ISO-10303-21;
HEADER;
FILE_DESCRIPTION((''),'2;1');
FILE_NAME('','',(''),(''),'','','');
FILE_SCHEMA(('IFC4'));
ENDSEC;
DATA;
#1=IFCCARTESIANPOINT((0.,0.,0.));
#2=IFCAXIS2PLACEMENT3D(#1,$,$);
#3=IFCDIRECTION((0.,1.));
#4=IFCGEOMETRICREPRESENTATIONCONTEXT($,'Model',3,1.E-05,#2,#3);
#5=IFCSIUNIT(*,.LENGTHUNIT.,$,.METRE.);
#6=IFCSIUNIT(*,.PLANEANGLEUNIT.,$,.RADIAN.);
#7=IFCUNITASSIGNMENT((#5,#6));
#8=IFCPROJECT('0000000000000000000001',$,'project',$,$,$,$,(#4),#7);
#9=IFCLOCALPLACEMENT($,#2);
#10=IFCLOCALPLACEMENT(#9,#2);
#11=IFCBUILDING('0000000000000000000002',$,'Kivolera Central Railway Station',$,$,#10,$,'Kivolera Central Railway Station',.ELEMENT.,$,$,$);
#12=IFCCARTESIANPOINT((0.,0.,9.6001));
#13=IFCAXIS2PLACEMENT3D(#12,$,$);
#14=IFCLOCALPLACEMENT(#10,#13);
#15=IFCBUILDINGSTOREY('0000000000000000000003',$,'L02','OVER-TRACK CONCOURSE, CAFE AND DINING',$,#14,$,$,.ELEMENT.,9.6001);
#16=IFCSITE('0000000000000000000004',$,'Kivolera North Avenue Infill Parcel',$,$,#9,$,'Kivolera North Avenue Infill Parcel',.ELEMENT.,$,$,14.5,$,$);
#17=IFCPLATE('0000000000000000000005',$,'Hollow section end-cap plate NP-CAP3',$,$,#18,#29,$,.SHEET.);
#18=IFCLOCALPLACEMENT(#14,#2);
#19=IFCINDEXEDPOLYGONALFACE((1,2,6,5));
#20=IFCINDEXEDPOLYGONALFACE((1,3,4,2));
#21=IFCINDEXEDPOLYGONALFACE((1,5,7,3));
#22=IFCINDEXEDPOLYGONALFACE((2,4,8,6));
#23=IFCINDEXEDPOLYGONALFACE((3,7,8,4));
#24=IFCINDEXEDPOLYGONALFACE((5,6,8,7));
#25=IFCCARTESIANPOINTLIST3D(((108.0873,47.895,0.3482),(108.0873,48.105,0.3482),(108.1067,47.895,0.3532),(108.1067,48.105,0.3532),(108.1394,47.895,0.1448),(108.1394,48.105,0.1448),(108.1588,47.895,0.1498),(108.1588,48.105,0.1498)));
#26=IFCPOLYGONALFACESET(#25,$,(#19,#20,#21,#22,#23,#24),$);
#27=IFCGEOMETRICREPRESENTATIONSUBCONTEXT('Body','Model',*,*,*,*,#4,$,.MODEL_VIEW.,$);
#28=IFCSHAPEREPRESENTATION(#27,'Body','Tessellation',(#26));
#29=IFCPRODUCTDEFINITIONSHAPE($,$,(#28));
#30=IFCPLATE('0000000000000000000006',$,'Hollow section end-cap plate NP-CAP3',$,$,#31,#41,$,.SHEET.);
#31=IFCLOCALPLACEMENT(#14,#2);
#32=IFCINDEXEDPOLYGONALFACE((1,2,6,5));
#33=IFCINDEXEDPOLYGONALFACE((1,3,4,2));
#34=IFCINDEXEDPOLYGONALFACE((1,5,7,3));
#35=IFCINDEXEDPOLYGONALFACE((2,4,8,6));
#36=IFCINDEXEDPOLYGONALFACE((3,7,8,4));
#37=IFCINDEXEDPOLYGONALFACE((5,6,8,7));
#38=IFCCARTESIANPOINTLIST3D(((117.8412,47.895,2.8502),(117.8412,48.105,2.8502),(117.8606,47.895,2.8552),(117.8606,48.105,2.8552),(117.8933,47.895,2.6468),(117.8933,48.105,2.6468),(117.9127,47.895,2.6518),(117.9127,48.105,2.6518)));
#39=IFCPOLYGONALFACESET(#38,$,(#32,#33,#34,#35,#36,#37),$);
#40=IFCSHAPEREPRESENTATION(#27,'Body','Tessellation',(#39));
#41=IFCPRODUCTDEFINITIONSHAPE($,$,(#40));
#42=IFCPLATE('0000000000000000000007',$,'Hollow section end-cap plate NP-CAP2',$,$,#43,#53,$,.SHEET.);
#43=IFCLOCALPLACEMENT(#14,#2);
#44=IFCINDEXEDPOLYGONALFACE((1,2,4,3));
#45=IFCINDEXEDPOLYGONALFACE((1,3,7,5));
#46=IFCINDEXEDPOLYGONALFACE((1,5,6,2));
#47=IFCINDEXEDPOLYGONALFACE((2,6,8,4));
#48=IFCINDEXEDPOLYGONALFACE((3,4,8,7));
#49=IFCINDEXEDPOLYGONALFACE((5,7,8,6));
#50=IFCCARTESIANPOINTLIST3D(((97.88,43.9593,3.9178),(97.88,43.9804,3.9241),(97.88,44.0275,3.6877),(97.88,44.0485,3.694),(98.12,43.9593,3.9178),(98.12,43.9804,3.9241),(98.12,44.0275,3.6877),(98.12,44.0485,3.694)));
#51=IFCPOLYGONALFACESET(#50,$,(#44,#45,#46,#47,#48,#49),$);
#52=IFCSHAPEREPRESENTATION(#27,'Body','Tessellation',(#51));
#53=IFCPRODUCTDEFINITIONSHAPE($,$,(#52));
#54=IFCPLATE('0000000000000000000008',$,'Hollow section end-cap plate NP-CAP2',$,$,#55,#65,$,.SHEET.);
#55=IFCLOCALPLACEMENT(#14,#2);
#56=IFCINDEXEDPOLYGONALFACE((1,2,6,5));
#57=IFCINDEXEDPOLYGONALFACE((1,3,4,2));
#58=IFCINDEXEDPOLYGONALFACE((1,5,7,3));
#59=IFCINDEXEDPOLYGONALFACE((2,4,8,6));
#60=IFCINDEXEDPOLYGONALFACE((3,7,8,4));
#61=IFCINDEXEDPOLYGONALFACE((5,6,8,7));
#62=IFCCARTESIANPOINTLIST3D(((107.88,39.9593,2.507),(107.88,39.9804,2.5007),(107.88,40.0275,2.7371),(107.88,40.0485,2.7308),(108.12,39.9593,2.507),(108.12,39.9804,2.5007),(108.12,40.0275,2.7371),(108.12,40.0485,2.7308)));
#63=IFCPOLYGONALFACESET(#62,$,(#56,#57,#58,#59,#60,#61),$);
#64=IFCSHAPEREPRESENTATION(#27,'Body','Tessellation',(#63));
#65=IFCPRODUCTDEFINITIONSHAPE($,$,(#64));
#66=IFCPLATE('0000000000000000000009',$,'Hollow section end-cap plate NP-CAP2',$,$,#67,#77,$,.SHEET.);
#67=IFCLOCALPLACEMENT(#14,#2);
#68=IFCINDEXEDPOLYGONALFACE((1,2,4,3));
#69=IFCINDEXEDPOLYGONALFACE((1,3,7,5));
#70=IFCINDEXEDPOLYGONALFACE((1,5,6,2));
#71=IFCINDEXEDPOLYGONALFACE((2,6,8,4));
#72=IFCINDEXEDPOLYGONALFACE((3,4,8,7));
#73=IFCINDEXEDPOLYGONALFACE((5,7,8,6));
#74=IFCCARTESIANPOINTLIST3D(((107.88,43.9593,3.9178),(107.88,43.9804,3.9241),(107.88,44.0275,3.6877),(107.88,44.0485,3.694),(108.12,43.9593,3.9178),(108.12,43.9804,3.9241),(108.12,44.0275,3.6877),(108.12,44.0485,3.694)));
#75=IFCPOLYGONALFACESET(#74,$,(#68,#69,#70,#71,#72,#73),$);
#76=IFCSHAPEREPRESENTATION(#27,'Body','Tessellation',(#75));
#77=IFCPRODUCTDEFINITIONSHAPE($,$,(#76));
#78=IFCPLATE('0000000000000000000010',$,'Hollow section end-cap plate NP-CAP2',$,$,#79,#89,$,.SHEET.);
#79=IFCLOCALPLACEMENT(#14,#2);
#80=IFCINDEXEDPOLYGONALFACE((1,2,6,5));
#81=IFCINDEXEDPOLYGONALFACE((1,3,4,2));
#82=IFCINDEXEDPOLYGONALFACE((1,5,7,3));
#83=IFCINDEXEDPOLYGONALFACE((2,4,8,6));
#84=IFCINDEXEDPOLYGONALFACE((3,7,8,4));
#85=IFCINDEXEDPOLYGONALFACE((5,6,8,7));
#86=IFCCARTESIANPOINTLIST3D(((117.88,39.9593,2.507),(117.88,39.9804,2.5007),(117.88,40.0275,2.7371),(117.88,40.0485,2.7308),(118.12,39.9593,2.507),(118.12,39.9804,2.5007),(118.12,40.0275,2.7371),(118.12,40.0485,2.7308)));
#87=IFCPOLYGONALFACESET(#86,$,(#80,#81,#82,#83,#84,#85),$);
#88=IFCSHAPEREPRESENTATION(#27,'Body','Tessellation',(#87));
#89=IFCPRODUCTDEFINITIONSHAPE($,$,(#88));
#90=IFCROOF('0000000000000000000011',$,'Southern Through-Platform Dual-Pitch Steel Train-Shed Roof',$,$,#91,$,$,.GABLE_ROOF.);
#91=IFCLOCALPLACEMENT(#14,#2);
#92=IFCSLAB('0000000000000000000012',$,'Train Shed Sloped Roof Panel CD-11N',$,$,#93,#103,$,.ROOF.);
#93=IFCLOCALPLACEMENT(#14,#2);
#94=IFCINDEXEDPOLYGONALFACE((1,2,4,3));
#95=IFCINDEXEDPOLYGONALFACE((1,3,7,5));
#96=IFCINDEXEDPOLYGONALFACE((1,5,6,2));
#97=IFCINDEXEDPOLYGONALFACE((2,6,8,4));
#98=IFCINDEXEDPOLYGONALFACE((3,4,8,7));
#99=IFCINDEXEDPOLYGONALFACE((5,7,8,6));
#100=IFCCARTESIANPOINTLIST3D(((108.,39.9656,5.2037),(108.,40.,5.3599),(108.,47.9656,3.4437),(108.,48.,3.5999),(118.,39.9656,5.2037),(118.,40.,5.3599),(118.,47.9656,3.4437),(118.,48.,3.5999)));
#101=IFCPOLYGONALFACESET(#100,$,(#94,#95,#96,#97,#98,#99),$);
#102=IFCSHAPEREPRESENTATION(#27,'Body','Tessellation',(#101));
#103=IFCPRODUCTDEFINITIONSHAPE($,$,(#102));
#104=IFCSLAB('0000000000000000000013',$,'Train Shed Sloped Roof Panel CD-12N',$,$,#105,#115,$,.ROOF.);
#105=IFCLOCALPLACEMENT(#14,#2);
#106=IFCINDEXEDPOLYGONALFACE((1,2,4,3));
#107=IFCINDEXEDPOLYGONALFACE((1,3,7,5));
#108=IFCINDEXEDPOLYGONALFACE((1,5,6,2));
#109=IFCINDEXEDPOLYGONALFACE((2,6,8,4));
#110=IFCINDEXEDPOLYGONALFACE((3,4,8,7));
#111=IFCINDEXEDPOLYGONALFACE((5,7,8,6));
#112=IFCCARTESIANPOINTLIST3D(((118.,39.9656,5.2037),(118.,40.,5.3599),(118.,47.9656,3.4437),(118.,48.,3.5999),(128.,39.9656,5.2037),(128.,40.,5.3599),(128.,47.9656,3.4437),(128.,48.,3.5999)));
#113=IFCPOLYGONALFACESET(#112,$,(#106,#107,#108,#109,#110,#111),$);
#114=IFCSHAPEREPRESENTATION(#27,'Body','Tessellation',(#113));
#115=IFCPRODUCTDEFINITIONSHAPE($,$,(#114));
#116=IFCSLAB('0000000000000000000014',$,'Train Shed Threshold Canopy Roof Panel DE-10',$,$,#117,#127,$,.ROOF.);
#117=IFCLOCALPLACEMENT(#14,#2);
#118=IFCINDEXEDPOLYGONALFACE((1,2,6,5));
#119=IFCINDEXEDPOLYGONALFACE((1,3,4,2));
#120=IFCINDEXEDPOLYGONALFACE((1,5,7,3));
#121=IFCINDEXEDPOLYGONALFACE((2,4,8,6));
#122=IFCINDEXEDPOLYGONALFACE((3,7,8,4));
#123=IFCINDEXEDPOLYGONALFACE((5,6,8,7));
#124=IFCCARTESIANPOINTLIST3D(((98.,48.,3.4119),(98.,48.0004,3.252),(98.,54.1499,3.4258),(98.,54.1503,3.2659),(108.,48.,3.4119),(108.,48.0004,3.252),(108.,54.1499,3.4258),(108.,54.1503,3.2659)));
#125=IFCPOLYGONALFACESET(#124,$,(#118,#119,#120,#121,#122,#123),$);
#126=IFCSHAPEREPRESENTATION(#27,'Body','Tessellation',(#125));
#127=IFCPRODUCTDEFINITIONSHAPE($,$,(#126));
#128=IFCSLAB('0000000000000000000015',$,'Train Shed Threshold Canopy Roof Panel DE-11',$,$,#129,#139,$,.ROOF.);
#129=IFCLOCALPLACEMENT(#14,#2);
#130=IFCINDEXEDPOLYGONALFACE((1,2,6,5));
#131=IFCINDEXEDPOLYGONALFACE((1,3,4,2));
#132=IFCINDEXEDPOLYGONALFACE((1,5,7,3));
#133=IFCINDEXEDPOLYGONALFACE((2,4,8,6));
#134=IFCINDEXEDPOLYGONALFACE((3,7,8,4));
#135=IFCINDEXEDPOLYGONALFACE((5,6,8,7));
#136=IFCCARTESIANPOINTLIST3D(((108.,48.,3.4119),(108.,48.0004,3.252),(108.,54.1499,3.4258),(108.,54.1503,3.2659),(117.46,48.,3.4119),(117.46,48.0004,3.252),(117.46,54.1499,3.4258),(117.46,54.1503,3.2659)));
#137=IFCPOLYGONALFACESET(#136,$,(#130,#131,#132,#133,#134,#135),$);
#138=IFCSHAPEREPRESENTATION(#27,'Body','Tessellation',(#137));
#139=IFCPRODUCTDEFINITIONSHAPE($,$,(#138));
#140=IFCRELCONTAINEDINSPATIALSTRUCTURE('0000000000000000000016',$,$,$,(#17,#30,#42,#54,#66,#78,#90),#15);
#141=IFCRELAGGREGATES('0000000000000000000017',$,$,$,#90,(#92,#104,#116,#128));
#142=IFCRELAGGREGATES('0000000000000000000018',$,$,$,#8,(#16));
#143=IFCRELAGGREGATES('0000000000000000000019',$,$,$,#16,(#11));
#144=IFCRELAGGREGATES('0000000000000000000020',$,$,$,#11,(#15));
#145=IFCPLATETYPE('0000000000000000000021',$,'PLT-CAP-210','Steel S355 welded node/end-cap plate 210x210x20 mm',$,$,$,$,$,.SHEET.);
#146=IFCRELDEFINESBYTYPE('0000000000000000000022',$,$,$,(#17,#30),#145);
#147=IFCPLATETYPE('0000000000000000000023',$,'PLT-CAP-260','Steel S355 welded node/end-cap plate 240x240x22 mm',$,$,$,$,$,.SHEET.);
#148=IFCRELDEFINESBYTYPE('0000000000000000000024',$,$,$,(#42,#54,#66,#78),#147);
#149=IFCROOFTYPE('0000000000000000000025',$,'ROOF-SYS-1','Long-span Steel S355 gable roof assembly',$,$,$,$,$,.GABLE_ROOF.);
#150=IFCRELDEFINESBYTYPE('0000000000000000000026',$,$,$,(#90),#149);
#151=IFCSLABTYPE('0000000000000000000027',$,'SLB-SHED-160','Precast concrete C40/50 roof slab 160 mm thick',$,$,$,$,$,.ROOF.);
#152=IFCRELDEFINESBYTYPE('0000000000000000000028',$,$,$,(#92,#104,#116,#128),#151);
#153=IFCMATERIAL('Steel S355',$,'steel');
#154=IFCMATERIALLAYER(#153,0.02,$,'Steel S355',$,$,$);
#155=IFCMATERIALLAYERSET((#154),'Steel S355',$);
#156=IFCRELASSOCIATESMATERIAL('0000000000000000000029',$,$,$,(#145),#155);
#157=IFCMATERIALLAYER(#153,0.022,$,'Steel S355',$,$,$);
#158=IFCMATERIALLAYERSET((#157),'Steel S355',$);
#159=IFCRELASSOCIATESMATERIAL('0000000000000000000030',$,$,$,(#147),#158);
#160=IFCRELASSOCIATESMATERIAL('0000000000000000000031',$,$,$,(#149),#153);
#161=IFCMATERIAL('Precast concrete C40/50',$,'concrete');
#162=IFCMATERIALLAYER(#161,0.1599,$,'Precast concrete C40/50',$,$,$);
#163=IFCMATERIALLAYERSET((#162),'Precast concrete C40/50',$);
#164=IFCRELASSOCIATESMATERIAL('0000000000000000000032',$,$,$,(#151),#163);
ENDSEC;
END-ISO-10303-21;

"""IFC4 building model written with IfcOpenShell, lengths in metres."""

from ifc_helpers import new_model, si_unit, direction, frame, origin, origin_2d, place, context, subcontext, project, spatial, polyline, rectangle, outline, extrude, material, layer, layer_set, type_object, element, aggregate, save


model = new_model("IFC4")

# Units and contexts
model_context = context("Model", 3, precision=1e-05, world=origin(), true_north=direction((0.0, 1.0)))
body_context = subcontext(model_context, "Body", "Model", "MODEL_VIEW")
ifc_project = project(units=[si_unit("LENGTHUNIT", "METRE"), si_unit("PLANEANGLEUNIT", "RADIAN")], contexts=[model_context])

# Site, building, storey
site_placement = place(None, origin())
site = spatial("IfcSite", under=ifc_project, at=site_placement, Name="Kivolera North Avenue Infill Parcel", LongName="Kivolera North Avenue Infill Parcel", CompositionType="ELEMENT", RefElevation=14.5)
building_placement = place(site_placement, origin())
building = spatial("IfcBuilding", under=site, at=building_placement, Name="Kivolera Central Railway Station", LongName="Kivolera Central Railway Station", CompositionType="ELEMENT")
storey_placement = place(building_placement, frame((0.0, 0.0, 9.6001)))
storey = spatial("IfcBuildingStorey", under=building, at=storey_placement, Name="L02", Description="OVER-TRACK CONCOURSE, CAFE AND DINING", CompositionType="ELEMENT", Elevation=9.6001)

# Shared definitions
ifc_material_1 = material(Name="Steel S355", Category="steel")

# Plates
ifc_layer_1 = layer(ifc_material_1, 0.02, Name="Steel S355")
ifc_layer_set_1 = layer_set([ifc_layer_1], Name="Steel S355")
plate_type_1 = type_object("IfcPlateType", Name="PLT-CAP-210", Description="Steel S355 welded node/end-cap plate 210x210x20 mm", PredefinedType="SHEET", material=ifc_layer_set_1)
for number, where, z_axis, x_axis, name in (
    (1, (108.123, 48.0, 0.249), (0.968639, 0.0, 0.248471), (0.0, 1.0, 0.0), "Hollow section end-cap plate NP-CAP3"),
    (2, (117.877, 48.0, 2.751), (0.968639, 0.0, 0.248471), (0.0, 1.0, 0.0), "Hollow section end-cap plate NP-CAP3"),
):
    element("IfcPlate", number, at=place(storey_placement, frame(where, z_axis=z_axis, x_axis=x_axis)), inside=storey, type_object=plate_type_1, Name=name, PredefinedType="SHEET", context=body_context, shape_type="SweptSolid", body=[
        extrude(rectangle(XDim=0.21, YDim=0.21, at=origin_2d()), frame((0.0, 0.0, -0.01)), (0.0, 0.0, 1.0), 0.02),
    ])
ifc_layer_2 = layer(ifc_material_1, 0.022, Name="Steel S355")
ifc_layer_set_2 = layer_set([ifc_layer_2], Name="Steel S355")
plate_type_2 = type_object("IfcPlateType", Name="PLT-CAP-260", Description="Steel S355 welded node/end-cap plate 240x240x22 mm", PredefinedType="SHEET", material=ifc_layer_set_2)
for number, where, z_axis, x_axis, name in (
    (3, (98.0, 44.0039, 3.8059), (0.0, 0.95881, 0.284048), (-1.0, 0.0, 0.0), "Hollow section end-cap plate NP-CAP2"),
    (4, (108.0, 40.0039, 2.6189), (0.0, -0.95881, 0.284048), (1.0, 0.0, 0.0), "Hollow section end-cap plate NP-CAP2"),
    (5, (108.0, 44.0039, 3.8059), (0.0, 0.95881, 0.284048), (-1.0, 0.0, 0.0), "Hollow section end-cap plate NP-CAP2"),
    (6, (118.0, 40.0039, 2.6189), (0.0, -0.95881, 0.284048), (1.0, 0.0, 0.0), "Hollow section end-cap plate NP-CAP2"),
):
    element("IfcPlate", number, at=place(storey_placement, frame(where, z_axis=z_axis, x_axis=x_axis)), inside=storey, type_object=plate_type_2, Name=name, PredefinedType="SHEET", context=body_context, shape_type="SweptSolid", body=[
        extrude(rectangle(XDim=0.24, YDim=0.24, at=origin_2d()), frame((0.0, 0.0, -0.011)), (0.0, 0.0, 1.0), 0.022),
    ])

# Roof, slabs
roof_type = type_object("IfcRoofType", Name="ROOF-SYS-1", Description="Long-span Steel S355 gable roof assembly", PredefinedType="GABLE_ROOF", material=ifc_material_1)
roof_placement = place(storey_placement, origin())
roof = element("IfcRoof", 7, at=roof_placement, inside=storey, type_object=roof_type, Name="Southern Through-Platform Dual-Pitch Steel Train-Shed Roof", PredefinedType="GABLE_ROOF")
ifc_material_2 = material(Name="Precast concrete C40/50", Category="concrete")
ifc_layer_3 = layer(ifc_material_2, 0.1599, Name="Precast concrete C40/50")
ifc_layer_set_3 = layer_set([ifc_layer_3], Name="Precast concrete C40/50")
slab_type = type_object("IfcSlabType", Name="SLB-SHED-160", Description="Precast concrete C40/50 roof slab 160 mm thick", PredefinedType="ROOF", material=ifc_layer_set_3)
slab_1_placement = place(storey_placement, frame((108.0, 40.0, 5.3599), z_axis=(0.0, 0.214863, 0.976644), x_axis=(1.0, 0.0, 0.0)))
slab_1 = element("IfcSlab", 8, at=slab_1_placement, type_object=slab_type, Name="Train Shed Sloped Roof Panel CD-11N", PredefinedType="ROOF", context=body_context, shape_type="SweptSolid", body=[
    extrude(outline(polyline([(0.0, 0.0), (10.0, 0.0), (10.0, 8.1913), (0.0, 8.1913), (0.0, 0.0)])), origin(), (0.0, 0.0, -1.0), 0.1599),
])
slab_2_placement = place(storey_placement, frame((118.0, 40.0, 5.3599), z_axis=(0.0, 0.214863, 0.976644), x_axis=(1.0, 0.0, 0.0)))
slab_2 = element("IfcSlab", 9, at=slab_2_placement, type_object=slab_type, Name="Train Shed Sloped Roof Panel CD-12N", PredefinedType="ROOF", context=body_context, shape_type="SweptSolid", body=[
    extrude(outline(polyline([(0.0, 0.0), (10.0, 0.0), (10.0, 8.1913), (0.0, 8.1913), (0.0, 0.0)])), origin(), (0.0, 0.0, -1.0), 0.1599),
])
slab_3_placement = place(storey_placement, frame((98.0, 48.0, 3.4119), z_axis=(0.0, -0.002263, 0.999997), x_axis=(1.0, 0.0, 0.0)))
slab_3 = element("IfcSlab", 10, at=slab_3_placement, type_object=slab_type, Name="Train Shed Threshold Canopy Roof Panel DE-10", PredefinedType="ROOF", context=body_context, shape_type="SweptSolid", body=[
    extrude(outline(polyline([(0.0, 0.0), (10.0, 0.0), (10.0, 6.1499), (0.0, 6.1499), (0.0, 0.0)])), origin(), (0.0, 0.0, -1.0), 0.1599),
])
slab_4_placement = place(storey_placement, frame((108.0, 48.0, 3.4119), z_axis=(0.0, -0.002263, 0.999997), x_axis=(1.0, 0.0, 0.0)))
slab_4 = element("IfcSlab", 11, at=slab_4_placement, type_object=slab_type, Name="Train Shed Threshold Canopy Roof Panel DE-11", PredefinedType="ROOF", context=body_context, shape_type="SweptSolid", body=[
    extrude(outline(polyline([(0.0, 0.0), (9.46, 0.0), (9.46, 6.1499), (0.0, 6.1499), (0.0, 0.0)])), origin(), (0.0, 0.0, -1.0), 0.1599),
])
aggregate(roof, [slab_1, slab_2, slab_3, slab_4])

save(model, "model.ifc")
